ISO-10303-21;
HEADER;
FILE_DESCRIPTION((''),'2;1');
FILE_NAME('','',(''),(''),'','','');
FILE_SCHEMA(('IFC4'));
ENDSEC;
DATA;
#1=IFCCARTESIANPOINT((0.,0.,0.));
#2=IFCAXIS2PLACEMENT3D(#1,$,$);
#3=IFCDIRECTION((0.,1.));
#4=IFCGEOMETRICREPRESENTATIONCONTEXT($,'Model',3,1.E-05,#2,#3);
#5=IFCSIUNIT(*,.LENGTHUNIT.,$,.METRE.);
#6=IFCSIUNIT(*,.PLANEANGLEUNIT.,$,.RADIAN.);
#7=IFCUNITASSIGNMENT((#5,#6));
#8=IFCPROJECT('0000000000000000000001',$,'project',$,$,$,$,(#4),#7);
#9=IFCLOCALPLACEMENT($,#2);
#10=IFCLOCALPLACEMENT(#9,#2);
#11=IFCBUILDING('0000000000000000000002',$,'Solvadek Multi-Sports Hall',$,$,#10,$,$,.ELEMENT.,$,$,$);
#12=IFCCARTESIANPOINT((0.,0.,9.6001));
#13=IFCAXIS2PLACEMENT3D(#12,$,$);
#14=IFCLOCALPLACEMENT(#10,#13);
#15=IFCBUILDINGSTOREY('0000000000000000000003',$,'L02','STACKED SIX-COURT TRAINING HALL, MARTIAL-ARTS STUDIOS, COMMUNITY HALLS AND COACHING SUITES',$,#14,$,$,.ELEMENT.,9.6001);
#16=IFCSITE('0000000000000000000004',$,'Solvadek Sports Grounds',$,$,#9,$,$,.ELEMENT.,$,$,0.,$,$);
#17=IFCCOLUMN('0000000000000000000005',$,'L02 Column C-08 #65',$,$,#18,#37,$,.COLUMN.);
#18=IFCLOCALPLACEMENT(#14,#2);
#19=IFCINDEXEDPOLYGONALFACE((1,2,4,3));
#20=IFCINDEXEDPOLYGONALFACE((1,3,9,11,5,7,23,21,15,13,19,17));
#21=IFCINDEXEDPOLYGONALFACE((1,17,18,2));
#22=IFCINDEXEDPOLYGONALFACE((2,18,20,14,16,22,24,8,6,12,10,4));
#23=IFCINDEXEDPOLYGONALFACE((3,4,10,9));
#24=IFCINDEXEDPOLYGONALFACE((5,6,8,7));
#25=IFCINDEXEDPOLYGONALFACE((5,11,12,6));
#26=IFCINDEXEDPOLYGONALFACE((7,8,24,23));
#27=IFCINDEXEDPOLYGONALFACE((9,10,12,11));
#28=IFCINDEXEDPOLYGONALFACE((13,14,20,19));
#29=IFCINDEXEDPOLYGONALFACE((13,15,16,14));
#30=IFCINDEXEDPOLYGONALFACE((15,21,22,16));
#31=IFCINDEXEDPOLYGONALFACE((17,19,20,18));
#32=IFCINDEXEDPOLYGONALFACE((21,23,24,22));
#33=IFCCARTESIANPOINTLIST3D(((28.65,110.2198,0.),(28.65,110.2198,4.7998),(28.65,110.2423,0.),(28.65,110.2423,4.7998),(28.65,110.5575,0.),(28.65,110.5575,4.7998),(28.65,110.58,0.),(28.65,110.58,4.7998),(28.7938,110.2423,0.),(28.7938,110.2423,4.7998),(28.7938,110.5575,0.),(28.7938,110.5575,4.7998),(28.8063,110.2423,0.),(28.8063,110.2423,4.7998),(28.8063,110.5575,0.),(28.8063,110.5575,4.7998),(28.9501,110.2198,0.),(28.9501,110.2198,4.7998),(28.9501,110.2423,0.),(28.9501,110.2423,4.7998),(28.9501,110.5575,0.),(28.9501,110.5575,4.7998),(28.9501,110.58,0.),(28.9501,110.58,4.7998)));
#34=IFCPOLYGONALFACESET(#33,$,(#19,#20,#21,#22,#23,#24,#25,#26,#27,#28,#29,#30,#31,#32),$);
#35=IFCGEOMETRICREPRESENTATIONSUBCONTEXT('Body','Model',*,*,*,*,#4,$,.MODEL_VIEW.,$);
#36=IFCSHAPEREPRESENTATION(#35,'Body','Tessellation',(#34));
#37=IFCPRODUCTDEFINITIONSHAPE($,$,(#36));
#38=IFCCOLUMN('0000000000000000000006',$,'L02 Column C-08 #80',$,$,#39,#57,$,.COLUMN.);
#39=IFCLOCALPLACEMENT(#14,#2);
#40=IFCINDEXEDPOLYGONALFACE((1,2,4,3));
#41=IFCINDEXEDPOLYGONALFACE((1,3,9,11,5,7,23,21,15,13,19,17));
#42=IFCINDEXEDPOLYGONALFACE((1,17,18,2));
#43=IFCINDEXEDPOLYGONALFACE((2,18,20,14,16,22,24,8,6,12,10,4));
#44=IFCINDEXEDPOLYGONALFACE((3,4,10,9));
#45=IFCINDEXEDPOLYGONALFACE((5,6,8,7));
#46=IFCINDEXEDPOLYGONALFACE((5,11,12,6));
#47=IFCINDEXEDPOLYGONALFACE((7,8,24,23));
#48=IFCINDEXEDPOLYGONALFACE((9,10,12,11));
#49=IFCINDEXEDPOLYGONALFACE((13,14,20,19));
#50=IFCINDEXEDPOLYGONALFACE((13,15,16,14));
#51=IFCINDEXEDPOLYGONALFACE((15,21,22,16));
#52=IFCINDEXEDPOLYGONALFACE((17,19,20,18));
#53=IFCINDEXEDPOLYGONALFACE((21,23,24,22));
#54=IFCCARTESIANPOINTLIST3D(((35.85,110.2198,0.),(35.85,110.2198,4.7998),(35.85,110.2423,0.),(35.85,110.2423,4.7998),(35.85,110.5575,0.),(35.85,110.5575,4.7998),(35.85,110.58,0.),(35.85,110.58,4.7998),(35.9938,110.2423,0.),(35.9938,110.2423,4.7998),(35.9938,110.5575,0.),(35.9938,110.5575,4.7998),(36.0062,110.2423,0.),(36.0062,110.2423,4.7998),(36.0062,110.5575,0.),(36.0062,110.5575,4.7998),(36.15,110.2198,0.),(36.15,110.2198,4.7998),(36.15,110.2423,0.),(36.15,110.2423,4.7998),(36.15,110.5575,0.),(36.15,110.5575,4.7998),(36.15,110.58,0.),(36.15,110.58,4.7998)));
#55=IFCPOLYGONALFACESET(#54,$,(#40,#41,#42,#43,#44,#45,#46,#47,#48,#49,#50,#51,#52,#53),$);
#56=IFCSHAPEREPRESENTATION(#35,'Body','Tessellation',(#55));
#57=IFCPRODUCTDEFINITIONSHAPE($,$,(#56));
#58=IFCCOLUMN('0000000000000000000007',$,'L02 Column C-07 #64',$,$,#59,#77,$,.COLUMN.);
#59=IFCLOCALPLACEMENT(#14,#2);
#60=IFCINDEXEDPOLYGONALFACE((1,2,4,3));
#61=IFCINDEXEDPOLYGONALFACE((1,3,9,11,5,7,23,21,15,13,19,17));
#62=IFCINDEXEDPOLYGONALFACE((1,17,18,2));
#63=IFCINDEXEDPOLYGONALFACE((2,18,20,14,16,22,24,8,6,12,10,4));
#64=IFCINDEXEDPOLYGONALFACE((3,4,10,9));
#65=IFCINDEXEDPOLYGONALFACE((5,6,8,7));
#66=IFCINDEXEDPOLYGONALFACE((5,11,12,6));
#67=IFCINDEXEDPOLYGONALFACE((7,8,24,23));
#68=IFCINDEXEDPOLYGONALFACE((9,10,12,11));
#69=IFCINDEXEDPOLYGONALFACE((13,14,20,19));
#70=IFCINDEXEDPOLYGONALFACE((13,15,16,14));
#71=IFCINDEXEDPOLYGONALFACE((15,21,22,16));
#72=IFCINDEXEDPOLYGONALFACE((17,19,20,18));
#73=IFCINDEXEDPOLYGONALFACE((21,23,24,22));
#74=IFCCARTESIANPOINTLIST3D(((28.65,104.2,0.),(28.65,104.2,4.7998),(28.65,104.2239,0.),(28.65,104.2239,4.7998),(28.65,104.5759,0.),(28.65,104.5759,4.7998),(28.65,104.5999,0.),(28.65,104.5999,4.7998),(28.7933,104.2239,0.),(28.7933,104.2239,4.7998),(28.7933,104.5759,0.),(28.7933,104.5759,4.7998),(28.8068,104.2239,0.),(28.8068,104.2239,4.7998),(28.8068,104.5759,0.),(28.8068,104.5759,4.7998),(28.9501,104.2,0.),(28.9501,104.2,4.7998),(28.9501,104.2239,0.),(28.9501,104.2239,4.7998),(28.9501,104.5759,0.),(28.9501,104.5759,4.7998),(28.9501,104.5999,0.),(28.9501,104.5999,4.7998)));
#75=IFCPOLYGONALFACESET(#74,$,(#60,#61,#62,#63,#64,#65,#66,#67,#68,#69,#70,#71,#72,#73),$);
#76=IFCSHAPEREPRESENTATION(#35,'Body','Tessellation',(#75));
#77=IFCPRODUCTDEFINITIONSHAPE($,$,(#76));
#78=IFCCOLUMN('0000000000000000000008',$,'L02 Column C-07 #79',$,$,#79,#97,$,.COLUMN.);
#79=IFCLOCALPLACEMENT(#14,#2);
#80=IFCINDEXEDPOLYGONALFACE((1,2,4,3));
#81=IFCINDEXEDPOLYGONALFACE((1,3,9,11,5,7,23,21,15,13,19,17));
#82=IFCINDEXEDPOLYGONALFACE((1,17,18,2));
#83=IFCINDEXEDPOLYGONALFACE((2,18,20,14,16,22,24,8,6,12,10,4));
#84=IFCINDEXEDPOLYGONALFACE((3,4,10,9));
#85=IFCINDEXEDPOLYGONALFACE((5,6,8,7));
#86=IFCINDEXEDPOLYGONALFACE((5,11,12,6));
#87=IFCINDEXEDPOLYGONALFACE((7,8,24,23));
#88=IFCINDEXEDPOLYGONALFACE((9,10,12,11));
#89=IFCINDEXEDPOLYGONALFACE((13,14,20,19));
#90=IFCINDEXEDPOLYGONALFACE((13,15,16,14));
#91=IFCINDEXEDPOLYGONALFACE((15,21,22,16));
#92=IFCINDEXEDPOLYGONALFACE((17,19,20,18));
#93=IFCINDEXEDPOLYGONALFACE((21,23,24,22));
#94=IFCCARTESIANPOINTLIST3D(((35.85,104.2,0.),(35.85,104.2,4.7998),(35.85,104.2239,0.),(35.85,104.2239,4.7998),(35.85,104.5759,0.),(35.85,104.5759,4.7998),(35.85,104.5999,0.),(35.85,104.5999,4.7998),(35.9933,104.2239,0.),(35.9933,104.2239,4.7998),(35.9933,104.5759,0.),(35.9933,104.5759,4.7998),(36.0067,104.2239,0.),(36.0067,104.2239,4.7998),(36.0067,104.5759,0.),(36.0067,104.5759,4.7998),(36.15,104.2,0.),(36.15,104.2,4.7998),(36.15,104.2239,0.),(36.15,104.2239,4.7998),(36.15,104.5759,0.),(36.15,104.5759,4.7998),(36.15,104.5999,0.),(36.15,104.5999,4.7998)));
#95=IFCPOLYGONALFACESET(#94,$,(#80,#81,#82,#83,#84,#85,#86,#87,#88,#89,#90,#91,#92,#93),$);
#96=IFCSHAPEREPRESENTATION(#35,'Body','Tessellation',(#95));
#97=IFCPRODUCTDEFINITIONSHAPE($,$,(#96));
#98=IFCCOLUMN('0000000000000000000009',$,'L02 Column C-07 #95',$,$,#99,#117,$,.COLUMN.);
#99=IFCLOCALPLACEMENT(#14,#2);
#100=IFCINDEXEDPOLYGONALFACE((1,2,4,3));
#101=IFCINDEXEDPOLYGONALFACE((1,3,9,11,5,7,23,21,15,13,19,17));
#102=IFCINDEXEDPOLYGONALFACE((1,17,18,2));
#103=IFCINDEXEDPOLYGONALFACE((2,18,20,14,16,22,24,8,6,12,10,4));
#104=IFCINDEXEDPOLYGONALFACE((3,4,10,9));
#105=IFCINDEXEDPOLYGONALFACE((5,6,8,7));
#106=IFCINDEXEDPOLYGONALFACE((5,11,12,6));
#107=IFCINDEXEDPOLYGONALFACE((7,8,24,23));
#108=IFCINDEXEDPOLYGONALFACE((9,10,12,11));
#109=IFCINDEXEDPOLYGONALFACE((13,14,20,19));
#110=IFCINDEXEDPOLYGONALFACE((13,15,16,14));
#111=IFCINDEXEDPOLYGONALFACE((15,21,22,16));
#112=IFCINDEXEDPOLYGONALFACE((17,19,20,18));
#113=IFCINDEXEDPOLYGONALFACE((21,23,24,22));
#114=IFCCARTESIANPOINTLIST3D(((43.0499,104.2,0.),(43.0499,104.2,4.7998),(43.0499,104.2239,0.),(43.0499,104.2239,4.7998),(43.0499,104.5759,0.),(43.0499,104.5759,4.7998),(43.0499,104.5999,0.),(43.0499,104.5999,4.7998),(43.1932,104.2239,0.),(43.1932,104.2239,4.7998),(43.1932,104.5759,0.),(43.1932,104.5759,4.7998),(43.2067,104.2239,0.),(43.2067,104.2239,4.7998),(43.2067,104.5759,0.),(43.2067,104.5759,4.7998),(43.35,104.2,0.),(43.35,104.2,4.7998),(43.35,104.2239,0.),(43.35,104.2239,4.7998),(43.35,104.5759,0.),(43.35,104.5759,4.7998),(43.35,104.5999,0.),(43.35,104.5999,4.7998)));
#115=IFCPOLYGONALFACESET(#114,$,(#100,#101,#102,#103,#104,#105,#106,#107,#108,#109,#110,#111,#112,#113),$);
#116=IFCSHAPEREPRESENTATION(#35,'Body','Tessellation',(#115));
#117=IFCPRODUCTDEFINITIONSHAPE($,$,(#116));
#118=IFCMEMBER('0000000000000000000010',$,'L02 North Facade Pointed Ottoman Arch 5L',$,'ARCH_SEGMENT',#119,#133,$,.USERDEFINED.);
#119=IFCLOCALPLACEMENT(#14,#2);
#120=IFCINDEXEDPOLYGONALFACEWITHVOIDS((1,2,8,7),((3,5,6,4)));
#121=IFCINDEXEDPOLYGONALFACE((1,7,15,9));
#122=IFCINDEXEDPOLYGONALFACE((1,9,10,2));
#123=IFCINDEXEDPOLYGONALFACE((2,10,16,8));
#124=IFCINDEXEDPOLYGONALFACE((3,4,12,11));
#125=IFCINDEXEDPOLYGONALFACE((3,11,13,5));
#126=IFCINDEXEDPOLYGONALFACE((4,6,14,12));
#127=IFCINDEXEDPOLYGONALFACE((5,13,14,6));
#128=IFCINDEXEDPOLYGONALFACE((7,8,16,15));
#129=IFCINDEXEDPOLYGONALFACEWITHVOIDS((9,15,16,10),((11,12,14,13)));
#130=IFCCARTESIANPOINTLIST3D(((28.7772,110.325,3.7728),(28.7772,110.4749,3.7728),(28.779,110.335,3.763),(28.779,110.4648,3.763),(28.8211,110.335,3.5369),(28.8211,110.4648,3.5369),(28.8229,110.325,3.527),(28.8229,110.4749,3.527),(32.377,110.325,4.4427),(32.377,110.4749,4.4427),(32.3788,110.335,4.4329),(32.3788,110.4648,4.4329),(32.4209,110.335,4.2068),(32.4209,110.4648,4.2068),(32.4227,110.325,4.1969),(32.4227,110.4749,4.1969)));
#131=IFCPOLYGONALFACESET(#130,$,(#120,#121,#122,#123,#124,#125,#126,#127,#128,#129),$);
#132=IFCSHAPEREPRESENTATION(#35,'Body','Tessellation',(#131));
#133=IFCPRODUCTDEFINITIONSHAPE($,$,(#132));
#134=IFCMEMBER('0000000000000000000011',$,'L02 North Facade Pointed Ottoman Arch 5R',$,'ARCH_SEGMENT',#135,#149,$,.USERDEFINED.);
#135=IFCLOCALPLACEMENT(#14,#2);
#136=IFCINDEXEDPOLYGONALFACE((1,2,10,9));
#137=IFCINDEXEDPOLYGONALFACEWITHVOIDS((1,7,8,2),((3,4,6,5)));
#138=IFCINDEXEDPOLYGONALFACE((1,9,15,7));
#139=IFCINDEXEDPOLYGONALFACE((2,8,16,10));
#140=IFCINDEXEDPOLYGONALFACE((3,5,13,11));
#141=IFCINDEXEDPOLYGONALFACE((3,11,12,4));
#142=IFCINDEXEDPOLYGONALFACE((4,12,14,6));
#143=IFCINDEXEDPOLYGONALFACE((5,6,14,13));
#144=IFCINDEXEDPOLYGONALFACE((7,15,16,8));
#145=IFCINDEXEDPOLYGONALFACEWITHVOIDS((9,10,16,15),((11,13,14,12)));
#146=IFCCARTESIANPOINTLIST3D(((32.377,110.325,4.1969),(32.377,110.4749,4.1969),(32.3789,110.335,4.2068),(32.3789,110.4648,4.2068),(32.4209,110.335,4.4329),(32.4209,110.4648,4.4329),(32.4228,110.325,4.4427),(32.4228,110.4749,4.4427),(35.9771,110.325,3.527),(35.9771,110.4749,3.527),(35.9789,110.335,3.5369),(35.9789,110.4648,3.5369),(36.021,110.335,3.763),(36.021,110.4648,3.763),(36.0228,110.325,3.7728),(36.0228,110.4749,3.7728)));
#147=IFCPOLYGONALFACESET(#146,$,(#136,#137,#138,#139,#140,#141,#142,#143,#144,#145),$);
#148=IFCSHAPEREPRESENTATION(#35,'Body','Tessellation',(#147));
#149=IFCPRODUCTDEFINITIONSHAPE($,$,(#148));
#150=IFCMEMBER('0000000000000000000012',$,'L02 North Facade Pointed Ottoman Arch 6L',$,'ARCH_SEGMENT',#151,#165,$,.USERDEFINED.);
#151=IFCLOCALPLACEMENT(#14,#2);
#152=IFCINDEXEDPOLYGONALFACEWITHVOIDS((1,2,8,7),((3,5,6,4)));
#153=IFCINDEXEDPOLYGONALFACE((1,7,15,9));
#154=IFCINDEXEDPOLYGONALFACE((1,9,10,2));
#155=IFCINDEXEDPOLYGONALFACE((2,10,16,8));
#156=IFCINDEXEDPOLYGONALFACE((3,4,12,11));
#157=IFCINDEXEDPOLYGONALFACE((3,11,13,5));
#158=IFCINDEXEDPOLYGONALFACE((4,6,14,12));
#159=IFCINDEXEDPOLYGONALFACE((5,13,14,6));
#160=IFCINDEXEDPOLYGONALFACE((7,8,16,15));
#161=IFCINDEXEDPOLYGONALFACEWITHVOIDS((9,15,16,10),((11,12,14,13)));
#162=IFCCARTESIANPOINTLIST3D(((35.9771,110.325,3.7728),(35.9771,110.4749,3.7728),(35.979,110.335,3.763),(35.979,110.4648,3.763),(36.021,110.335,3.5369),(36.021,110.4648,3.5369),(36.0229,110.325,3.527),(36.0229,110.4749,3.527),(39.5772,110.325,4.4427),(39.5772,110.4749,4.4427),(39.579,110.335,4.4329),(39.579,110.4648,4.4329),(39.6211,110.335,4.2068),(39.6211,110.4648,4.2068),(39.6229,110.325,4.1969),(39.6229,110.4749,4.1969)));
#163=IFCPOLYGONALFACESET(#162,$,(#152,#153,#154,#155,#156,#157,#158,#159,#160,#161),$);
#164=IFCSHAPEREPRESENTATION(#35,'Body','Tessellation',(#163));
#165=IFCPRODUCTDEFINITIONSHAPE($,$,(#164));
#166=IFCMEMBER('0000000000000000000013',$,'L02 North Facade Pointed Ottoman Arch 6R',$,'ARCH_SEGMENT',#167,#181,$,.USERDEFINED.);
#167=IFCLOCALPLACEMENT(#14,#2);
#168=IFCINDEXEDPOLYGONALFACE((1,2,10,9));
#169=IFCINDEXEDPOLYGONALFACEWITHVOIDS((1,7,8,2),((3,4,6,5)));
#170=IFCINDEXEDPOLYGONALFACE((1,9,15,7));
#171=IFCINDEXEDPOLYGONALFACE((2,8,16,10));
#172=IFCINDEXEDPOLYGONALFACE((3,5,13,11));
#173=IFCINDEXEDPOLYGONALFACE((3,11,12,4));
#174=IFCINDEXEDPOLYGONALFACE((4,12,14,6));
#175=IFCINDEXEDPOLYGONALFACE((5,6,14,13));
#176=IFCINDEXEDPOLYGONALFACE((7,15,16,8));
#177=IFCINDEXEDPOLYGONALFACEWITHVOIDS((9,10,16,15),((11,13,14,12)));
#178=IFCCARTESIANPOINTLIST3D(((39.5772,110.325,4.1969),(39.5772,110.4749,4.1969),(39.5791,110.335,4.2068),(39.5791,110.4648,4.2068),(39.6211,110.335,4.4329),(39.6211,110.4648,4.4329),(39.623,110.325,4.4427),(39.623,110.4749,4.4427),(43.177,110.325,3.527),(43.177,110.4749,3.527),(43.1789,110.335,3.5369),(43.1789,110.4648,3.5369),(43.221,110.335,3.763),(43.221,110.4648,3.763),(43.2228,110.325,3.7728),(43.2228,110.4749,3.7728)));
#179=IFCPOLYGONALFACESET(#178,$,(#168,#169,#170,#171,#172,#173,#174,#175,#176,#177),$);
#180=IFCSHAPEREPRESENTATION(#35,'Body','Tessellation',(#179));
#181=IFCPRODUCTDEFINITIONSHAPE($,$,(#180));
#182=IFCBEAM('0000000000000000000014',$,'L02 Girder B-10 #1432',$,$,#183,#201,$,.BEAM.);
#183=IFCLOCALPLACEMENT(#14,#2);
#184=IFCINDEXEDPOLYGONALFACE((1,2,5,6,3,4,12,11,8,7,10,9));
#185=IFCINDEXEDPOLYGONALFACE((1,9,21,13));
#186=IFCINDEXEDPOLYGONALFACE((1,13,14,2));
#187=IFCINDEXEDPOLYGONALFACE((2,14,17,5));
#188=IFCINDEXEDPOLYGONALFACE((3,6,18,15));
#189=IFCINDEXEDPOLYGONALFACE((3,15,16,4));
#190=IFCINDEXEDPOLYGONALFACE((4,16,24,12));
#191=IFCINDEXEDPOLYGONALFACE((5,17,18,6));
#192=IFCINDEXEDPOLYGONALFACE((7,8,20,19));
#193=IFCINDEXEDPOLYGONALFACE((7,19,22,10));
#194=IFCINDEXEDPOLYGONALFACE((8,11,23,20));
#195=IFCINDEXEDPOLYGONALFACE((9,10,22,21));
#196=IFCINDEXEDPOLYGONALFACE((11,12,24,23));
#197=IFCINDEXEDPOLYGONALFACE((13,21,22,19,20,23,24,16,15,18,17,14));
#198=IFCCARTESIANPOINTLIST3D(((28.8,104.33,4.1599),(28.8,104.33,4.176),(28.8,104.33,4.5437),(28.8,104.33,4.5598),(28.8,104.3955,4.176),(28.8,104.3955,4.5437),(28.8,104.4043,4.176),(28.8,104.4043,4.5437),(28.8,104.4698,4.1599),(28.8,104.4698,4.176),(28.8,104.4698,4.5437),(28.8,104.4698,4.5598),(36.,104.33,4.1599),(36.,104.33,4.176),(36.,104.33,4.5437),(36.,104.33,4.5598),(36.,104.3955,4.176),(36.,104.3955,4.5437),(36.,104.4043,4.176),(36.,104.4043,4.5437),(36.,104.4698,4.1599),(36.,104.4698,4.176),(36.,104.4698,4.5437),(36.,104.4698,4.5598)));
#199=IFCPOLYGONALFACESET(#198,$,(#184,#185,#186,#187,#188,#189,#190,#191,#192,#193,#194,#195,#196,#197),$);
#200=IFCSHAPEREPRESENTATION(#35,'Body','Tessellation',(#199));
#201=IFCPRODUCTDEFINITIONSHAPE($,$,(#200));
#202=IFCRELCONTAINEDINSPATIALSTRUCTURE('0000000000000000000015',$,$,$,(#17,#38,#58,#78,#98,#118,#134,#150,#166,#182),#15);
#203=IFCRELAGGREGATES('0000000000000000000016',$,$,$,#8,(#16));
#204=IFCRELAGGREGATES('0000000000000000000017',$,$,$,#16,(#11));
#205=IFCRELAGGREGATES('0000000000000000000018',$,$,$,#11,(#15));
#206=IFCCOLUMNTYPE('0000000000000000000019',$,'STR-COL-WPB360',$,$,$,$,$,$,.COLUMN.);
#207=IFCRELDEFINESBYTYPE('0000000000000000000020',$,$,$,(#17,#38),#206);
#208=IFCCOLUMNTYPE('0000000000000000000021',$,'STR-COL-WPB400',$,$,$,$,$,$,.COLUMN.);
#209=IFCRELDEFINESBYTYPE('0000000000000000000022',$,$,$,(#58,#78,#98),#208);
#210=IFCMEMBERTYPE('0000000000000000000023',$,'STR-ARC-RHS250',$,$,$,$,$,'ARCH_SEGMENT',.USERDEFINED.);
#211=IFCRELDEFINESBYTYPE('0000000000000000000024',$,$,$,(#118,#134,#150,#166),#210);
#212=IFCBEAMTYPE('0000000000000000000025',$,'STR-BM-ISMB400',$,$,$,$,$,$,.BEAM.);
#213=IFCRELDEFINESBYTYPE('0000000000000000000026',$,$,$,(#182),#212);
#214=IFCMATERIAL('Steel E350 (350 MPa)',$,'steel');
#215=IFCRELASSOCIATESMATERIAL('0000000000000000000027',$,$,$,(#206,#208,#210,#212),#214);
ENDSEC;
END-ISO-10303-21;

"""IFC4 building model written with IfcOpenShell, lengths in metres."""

from ifc_helpers import new_model, si_unit, direction, frame, origin, origin_2d, place, context, subcontext, project, spatial, hollow_rectangle, i_section, extrude, material, material_profile, profile_set, type_object, element, save


model = new_model("IFC4")

# Units and contexts
model_context = context("Model", 3, precision=1e-05, world=origin(), true_north=direction((0.0, 1.0)))
body_context = subcontext(model_context, "Body", "Model", "MODEL_VIEW")
ifc_project = project(units=[si_unit("LENGTHUNIT", "METRE"), si_unit("PLANEANGLEUNIT", "RADIAN")], contexts=[model_context])

# Site, building, storey
site_placement = place(None, origin())
site = spatial("IfcSite", under=ifc_project, at=site_placement, Name="Solvadek Sports Grounds", CompositionType="ELEMENT", RefElevation=0.0)
building_placement = place(site_placement, origin())
building = spatial("IfcBuilding", under=site, at=building_placement, Name="Solvadek Multi-Sports Hall", CompositionType="ELEMENT")
storey_placement = place(building_placement, frame((0.0, 0.0, 9.6001)))
storey = spatial("IfcBuildingStorey", under=building, at=storey_placement, Name="L02", Description="STACKED SIX-COURT TRAINING HALL, MARTIAL-ARTS STUDIOS, COMMUNITY HALLS AND COACHING SUITES", CompositionType="ELEMENT", Elevation=9.6001)

# Columns
ifc_material_1 = material(Name="Steel E350 (350 MPa)", Category="steel")
ifc_material_profile_1 = material_profile(ifc_material_1, i_section(OverallWidth=0.3, OverallDepth=0.3601, WebThickness=0.0125, FlangeThickness=0.0225, at=origin_2d()), Name="WPB 360")
ifc_profile_set_1 = profile_set([ifc_material_profile_1], Name="Steel E350 (350 MPa)")
column_type_1 = type_object("IfcColumnType", Name="STR-COL-WPB360", PredefinedType="COLUMN", material=ifc_profile_set_1)
for number, where, z_axis, x_axis, name in (
    (1, (28.8, 110.3999, 0.0), (0.0, 0.0, 1.0), (1.0, 0.0, 0.0), "L02 Column C-08 #65"),
    (2, (36.0, 110.3999, 0.0), (0.0, 0.0, 1.0), (1.0, 0.0, 0.0), "L02 Column C-08 #80"),
):
    element("IfcColumn", number, at=place(storey_placement, frame(where, z_axis=z_axis, x_axis=x_axis)), inside=storey, type_object=column_type_1, Name=name, PredefinedType="COLUMN", context=body_context, shape_type="SweptSolid", body=[
        extrude(i_section(OverallWidth=0.3, OverallDepth=0.3601, WebThickness=0.0125, FlangeThickness=0.0225, at=origin_2d()), origin(), (0.0, 0.0, 1.0), 4.7998),
    ])
ifc_material_profile_2 = material_profile(ifc_material_1, i_section(OverallWidth=0.3, OverallDepth=0.3999, WebThickness=0.0134, FlangeThickness=0.0239, at=origin_2d()), Name="WPB 400")
ifc_profile_set_2 = profile_set([ifc_material_profile_2], Name="Steel E350 (350 MPa)")
column_type_2 = type_object("IfcColumnType", Name="STR-COL-WPB400", PredefinedType="COLUMN", material=ifc_profile_set_2)
for number, where, z_axis, x_axis, name in (
    (3, (28.8, 104.3999, 0.0), (0.0, 0.0, 1.0), (1.0, 0.0, 0.0), "L02 Column C-07 #64"),
    (4, (36.0, 104.3999, 0.0), (0.0, 0.0, 1.0), (1.0, 0.0, 0.0), "L02 Column C-07 #79"),
    (5, (43.2, 104.3999, 0.0), (0.0, 0.0, 1.0), (1.0, 0.0, 0.0), "L02 Column C-07 #95"),
):
    element("IfcColumn", number, at=place(storey_placement, frame(where, z_axis=z_axis, x_axis=x_axis)), inside=storey, type_object=column_type_2, Name=name, PredefinedType="COLUMN", context=body_context, shape_type="SweptSolid", body=[
        extrude(i_section(OverallWidth=0.3, OverallDepth=0.3999, WebThickness=0.0134, FlangeThickness=0.0239, at=origin_2d()), origin(), (0.0, 0.0, 1.0), 4.7998),
    ])

# Members
ifc_material_profile_3 = material_profile(ifc_material_1, hollow_rectangle(XDim=0.1499, YDim=0.25, WallThickness=0.01, at=origin_2d()), Name="RHS 250x150x10")
ifc_profile_set_3 = profile_set([ifc_material_profile_3], Name="Steel E350 (350 MPa)")
member_type = type_object("IfcMemberType", Name="STR-ARC-RHS250", ElementType="ARCH_SEGMENT", PredefinedType="USERDEFINED", material=ifc_profile_set_3)
member_1_placement = place(storey_placement, frame((28.8, 110.3999, 3.6499), z_axis=(0.983121, 0.0, 0.182956), x_axis=(0.0, 1.0, 0.0)))
element("IfcMember", 6, at=member_1_placement, inside=storey, type_object=member_type, Name="L02 North Facade Pointed Ottoman Arch 5L", ObjectType="ARCH_SEGMENT", PredefinedType="USERDEFINED", context=body_context, shape_type="SweptSolid", body=[
    extrude(hollow_rectangle(XDim=0.1499, YDim=0.25, WallThickness=0.01, at=origin_2d()), origin(), (0.0, 0.0, 1.0), 3.6616),
])
for number, where, z_axis, x_axis, name in (
    (7, (32.3999, 110.3999, 4.3198), (0.983123, 0.0, -0.182944), (0.0, 1.0, 0.0), "L02 North Facade Pointed Ottoman Arch 5R"),
    (8, (36.0, 110.3999, 3.6499), (0.983123, 0.0, 0.182944), (0.0, 1.0, 0.0), "L02 North Facade Pointed Ottoman Arch 6L"),
):
    element("IfcMember", number, at=place(storey_placement, frame(where, z_axis=z_axis, x_axis=x_axis)), inside=storey, type_object=member_type, Name=name, ObjectType="ARCH_SEGMENT", PredefinedType="USERDEFINED", context=body_context, shape_type="SweptSolid", body=[
        extrude(hollow_rectangle(XDim=0.1499, YDim=0.25, WallThickness=0.01, at=origin_2d()), origin(), (0.0, 0.0, 1.0), 3.6619),
    ])
member_2_placement = place(storey_placement, frame((39.6001, 110.3999, 4.3198), z_axis=(0.983121, 0.0, -0.182956), x_axis=(0.0, 1.0, 0.0)))
element("IfcMember", 9, at=member_2_placement, inside=storey, type_object=member_type, Name="L02 North Facade Pointed Ottoman Arch 6R", ObjectType="ARCH_SEGMENT", PredefinedType="USERDEFINED", context=body_context, shape_type="SweptSolid", body=[
    extrude(hollow_rectangle(XDim=0.1499, YDim=0.25, WallThickness=0.01, at=origin_2d()), origin(), (0.0, 0.0, 1.0), 3.6616),
])

# Beam
ifc_material_profile_4 = material_profile(ifc_material_1, i_section(OverallWidth=0.1399, OverallDepth=0.3999, WebThickness=0.0088, FlangeThickness=0.0161, at=origin_2d()), Name="ISMB 400")
ifc_profile_set_4 = profile_set([ifc_material_profile_4], Name="Steel E350 (350 MPa)")
beam_type_1 = type_object("IfcBeamType", Name="STR-BM-ISMB400", PredefinedType="BEAM", material=ifc_profile_set_4)
beam_1_placement = place(storey_placement, frame((28.8, 104.3999, 4.3599), z_axis=(1.0, 0.0, 0.0), x_axis=(0.0, 1.0, 0.0)))
element("IfcBeam", 10, at=beam_1_placement, inside=storey, type_object=beam_type_1, Name="L02 Girder B-10 #1432", PredefinedType="BEAM", context=body_context, shape_type="SweptSolid", body=[
    extrude(i_section(OverallWidth=0.1399, OverallDepth=0.3999, WebThickness=0.0088, FlangeThickness=0.0161, at=origin_2d()), origin(), (0.0, 0.0, 1.0), 7.2),
])

save(model, "model.ifc")
